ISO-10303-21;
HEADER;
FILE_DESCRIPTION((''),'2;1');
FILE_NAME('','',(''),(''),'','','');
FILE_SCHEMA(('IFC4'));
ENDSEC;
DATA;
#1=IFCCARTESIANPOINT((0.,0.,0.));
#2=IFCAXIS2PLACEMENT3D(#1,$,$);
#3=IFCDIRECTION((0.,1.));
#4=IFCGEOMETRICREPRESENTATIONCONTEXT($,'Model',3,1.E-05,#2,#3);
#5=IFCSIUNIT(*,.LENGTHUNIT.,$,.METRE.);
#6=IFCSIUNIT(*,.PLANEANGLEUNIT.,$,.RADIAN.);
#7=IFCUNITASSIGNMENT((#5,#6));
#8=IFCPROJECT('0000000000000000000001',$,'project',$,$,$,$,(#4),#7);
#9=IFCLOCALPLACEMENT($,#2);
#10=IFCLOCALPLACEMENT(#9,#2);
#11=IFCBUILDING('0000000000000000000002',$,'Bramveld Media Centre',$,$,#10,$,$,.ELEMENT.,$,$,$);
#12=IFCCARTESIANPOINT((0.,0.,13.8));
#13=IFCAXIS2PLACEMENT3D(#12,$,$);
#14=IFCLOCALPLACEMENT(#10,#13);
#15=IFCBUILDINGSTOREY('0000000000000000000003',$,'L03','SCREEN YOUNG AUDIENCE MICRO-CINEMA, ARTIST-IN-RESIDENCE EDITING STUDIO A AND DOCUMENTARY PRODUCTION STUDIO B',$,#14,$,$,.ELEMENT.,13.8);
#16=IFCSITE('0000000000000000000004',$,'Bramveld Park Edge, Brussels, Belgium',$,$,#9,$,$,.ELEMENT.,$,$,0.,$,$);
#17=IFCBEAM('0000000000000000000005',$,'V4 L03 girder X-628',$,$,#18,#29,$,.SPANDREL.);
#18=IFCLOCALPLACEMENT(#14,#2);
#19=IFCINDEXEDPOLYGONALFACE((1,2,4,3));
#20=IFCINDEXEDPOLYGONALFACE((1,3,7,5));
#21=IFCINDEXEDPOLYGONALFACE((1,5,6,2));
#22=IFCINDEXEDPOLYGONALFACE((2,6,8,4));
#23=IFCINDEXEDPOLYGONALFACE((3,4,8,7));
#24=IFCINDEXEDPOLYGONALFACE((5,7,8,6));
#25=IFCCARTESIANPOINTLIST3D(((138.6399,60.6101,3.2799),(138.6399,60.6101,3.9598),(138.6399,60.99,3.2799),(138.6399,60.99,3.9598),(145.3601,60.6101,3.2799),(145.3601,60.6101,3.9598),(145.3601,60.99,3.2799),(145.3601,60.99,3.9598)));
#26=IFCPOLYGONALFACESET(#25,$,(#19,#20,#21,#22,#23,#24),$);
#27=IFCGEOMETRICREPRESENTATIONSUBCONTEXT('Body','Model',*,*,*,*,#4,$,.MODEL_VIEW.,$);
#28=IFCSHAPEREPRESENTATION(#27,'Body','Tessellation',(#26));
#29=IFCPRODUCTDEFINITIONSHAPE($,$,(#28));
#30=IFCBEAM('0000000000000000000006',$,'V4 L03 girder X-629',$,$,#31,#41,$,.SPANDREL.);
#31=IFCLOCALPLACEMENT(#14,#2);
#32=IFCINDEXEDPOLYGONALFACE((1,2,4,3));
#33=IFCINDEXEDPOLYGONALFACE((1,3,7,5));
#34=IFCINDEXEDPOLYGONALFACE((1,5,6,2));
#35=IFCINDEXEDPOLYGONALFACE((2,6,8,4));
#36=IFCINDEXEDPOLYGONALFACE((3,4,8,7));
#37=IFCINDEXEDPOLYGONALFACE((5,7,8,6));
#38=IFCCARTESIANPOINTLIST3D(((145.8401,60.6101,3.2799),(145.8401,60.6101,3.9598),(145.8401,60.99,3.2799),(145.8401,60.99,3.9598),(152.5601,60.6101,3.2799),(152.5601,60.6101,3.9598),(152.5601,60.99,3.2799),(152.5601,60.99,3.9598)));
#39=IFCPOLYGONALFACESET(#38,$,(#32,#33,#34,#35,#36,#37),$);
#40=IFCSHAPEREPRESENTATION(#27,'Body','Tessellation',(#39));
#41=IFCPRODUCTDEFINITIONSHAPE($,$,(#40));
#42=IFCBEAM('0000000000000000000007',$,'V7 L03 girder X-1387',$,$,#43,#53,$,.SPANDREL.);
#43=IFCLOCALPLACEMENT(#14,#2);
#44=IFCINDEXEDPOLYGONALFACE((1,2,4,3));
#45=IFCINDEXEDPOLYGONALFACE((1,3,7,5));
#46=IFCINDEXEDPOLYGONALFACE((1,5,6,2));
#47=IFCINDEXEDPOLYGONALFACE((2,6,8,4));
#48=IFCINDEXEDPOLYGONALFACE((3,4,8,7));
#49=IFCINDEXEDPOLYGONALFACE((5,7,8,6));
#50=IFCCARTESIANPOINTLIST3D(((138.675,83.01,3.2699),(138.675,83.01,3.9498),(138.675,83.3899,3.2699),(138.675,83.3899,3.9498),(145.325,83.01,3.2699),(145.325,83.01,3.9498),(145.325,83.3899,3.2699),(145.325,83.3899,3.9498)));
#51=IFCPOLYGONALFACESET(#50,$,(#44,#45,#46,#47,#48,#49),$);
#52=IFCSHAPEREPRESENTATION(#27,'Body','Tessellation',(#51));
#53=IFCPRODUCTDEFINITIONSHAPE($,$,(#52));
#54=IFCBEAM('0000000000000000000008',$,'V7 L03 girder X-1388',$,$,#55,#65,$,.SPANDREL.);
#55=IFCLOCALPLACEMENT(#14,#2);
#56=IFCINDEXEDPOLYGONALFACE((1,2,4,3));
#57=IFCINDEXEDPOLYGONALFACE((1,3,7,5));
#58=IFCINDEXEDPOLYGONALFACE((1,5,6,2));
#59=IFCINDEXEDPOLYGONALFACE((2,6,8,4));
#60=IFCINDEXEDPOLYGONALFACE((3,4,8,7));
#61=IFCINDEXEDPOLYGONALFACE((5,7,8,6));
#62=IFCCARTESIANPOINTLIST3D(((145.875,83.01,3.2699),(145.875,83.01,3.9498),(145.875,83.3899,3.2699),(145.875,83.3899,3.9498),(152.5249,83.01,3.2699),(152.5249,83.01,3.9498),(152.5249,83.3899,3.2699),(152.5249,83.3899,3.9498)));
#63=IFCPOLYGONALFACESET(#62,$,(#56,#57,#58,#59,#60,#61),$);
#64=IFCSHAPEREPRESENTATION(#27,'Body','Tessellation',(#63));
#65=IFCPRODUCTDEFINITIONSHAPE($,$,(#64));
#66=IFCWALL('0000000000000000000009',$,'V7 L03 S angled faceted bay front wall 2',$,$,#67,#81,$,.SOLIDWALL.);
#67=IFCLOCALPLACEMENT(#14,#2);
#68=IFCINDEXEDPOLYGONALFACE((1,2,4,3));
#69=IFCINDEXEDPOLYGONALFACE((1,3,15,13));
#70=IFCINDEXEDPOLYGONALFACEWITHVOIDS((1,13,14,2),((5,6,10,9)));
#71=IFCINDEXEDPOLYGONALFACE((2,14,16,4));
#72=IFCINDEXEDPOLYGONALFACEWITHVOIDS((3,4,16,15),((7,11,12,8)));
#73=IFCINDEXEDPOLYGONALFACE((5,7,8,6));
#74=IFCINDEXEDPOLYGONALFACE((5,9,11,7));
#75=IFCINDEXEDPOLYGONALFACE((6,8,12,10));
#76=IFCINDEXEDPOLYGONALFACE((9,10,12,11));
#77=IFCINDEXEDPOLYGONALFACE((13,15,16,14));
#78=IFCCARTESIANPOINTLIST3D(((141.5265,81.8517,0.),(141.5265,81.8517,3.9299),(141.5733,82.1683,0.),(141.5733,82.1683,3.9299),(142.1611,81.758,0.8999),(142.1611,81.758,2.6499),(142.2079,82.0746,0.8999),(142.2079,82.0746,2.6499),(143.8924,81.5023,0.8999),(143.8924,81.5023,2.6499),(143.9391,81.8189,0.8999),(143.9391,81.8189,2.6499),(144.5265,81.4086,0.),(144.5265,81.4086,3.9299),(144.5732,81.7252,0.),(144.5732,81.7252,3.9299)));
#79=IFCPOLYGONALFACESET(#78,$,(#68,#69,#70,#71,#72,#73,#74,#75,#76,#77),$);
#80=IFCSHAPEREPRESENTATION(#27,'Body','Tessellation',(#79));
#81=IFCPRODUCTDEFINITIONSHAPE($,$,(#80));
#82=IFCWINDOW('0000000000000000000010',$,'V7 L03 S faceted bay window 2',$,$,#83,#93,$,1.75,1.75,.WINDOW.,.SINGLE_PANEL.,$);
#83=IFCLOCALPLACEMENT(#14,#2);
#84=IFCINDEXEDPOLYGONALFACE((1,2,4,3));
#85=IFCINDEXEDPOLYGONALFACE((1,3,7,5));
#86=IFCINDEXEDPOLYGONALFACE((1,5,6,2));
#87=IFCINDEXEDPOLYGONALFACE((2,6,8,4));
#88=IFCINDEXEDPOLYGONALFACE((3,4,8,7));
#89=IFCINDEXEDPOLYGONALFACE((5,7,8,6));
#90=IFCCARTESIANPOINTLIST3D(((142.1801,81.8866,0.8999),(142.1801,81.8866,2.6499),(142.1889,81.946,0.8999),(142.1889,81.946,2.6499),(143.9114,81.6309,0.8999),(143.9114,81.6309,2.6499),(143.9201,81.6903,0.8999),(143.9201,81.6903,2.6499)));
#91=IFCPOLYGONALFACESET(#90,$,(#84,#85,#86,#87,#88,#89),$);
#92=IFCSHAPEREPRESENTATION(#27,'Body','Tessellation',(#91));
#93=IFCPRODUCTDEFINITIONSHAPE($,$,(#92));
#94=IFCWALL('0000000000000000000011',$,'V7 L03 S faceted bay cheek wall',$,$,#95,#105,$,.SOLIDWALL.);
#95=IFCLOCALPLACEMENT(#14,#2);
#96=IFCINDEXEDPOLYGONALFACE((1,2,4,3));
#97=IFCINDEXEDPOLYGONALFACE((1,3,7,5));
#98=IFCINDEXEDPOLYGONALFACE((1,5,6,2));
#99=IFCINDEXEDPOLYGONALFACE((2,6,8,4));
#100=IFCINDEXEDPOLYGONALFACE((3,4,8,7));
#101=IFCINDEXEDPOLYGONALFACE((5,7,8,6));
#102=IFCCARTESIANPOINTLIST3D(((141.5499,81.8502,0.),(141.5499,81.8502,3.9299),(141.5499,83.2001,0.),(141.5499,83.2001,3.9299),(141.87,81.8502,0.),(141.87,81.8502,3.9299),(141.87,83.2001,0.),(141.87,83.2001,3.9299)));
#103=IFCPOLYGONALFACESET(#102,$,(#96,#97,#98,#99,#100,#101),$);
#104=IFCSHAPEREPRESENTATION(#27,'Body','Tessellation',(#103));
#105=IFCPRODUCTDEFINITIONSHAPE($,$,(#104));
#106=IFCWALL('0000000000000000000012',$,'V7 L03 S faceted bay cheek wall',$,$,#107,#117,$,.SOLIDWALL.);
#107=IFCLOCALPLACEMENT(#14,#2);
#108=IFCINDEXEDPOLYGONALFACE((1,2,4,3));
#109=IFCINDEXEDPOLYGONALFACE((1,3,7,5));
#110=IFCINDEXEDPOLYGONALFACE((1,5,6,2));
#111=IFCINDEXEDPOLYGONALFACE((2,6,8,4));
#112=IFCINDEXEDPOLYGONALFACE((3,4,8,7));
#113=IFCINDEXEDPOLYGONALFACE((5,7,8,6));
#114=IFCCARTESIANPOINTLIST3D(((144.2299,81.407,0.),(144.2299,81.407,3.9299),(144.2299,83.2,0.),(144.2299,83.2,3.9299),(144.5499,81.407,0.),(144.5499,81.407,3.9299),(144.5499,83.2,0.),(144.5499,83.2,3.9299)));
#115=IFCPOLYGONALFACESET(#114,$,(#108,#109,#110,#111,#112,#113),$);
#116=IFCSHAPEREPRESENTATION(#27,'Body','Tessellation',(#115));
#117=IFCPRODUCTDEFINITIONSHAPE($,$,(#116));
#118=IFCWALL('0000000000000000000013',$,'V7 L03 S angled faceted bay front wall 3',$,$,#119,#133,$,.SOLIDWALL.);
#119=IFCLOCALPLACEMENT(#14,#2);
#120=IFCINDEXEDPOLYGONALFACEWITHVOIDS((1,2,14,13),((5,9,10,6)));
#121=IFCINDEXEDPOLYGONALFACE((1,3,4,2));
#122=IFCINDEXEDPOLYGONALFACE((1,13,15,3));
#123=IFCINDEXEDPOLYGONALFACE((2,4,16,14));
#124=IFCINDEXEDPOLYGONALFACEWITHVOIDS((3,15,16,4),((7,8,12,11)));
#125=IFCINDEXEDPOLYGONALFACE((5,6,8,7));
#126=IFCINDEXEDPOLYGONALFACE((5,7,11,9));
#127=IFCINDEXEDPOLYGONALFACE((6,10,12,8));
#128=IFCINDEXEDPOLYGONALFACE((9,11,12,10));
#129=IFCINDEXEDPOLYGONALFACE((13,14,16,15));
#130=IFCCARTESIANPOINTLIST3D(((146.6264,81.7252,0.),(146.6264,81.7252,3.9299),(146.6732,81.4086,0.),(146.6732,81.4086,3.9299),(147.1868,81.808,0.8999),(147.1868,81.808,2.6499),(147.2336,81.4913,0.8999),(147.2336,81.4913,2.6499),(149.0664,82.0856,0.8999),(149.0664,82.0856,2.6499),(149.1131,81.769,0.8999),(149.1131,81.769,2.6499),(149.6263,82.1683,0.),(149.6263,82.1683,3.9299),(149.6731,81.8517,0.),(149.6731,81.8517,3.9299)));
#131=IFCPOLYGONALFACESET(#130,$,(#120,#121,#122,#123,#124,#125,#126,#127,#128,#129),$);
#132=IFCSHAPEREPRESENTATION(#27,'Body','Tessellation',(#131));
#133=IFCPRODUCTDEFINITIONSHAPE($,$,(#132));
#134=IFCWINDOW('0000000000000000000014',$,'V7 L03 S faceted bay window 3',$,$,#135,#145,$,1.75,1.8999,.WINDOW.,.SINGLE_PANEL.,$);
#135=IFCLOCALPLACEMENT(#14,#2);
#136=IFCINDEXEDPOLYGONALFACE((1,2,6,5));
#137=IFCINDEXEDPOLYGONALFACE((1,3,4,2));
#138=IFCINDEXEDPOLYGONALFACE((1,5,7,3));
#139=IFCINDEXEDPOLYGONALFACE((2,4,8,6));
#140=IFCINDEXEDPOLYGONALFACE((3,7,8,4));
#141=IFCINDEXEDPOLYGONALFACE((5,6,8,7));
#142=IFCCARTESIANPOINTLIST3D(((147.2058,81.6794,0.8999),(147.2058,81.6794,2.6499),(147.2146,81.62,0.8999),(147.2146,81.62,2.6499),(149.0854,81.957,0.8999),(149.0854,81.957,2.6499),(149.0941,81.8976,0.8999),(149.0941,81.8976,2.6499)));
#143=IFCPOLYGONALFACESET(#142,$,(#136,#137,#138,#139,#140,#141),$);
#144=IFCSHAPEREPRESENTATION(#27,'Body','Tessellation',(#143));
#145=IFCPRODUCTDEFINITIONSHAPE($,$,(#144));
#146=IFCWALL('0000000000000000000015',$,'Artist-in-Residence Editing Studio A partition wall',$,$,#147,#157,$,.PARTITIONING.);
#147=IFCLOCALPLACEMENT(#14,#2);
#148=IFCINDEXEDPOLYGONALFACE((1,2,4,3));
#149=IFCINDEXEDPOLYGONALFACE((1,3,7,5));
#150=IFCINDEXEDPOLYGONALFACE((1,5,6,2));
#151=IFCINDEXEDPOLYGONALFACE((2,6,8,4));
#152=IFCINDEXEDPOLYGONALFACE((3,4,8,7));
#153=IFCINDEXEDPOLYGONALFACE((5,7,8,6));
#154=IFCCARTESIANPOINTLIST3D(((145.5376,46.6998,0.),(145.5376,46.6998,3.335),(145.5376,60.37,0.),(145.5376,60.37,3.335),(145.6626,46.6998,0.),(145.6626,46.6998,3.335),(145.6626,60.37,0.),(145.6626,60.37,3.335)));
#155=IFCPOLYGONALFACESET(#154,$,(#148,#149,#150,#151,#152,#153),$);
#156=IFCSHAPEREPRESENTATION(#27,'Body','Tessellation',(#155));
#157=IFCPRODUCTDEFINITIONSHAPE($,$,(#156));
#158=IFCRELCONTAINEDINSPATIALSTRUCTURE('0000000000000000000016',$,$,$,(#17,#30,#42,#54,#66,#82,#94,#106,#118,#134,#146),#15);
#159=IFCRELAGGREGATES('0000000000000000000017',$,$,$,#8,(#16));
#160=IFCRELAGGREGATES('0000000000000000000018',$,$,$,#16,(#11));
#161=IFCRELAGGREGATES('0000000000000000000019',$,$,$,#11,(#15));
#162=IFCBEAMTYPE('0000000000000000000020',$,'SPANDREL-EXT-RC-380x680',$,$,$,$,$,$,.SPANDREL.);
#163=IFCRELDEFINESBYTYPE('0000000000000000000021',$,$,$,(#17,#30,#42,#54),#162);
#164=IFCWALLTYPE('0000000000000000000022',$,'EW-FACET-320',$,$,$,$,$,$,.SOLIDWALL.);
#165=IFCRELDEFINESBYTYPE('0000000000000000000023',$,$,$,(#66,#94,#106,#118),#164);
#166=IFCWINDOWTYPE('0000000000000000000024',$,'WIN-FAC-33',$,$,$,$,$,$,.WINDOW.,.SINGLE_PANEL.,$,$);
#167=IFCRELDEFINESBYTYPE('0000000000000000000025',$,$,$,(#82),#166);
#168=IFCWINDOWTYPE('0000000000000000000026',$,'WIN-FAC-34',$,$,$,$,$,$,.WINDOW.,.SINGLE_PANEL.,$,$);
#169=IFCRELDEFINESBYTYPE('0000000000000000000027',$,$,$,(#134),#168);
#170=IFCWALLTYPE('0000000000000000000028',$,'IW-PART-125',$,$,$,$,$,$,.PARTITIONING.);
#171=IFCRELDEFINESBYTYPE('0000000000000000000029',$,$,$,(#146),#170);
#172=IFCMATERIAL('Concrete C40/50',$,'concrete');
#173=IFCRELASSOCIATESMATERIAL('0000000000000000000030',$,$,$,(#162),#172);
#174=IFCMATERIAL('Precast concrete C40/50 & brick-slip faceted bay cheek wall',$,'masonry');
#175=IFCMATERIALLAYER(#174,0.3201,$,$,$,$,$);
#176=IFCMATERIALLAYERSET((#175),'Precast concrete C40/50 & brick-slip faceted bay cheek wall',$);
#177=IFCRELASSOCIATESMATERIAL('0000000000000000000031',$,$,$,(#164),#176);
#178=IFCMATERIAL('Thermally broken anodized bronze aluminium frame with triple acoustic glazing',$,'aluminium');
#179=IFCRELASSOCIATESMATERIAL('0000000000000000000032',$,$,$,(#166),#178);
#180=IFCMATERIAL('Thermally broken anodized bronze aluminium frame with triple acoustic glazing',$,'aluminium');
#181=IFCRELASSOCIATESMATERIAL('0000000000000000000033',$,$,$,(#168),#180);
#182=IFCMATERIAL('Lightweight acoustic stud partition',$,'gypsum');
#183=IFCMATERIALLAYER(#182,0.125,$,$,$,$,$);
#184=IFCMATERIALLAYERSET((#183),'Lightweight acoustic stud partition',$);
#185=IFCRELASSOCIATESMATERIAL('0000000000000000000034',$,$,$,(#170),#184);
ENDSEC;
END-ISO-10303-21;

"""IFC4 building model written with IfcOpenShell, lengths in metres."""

from ifc_helpers import new_model, si_unit, direction, frame, frame_2d, origin, origin_2d, place, context, subcontext, project, spatial, rectangle, extrude, material, layer, layer_set, material_profile, profile_set, type_object, element, fill, save


model = new_model("IFC4")

# Units and contexts
model_context = context("Model", 3, precision=1e-05, world=origin(), true_north=direction((0.0, 1.0)))
body_context = subcontext(model_context, "Body", "Model", "MODEL_VIEW")
ifc_project = project(units=[si_unit("LENGTHUNIT", "METRE"), si_unit("PLANEANGLEUNIT", "RADIAN")], contexts=[model_context])

# Site, building, storey
site_placement = place(None, origin())
site = spatial("IfcSite", under=ifc_project, at=site_placement, Name="Bramveld Park Edge, Brussels, Belgium", CompositionType="ELEMENT", RefElevation=0.0)
building_placement = place(site_placement, origin())
building = spatial("IfcBuilding", under=site, at=building_placement, Name="Bramveld Media Centre", CompositionType="ELEMENT")
storey_placement = place(building_placement, frame((0.0, 0.0, 13.8)))
storey = spatial("IfcBuildingStorey", under=building, at=storey_placement, Name="L03", Description="SCREEN YOUNG AUDIENCE MICRO-CINEMA, ARTIST-IN-RESIDENCE EDITING STUDIO A AND DOCUMENTARY PRODUCTION STUDIO B", CompositionType="ELEMENT", Elevation=13.8)

# Beams
ifc_material_1 = material(Name="Concrete C40/50", Category="concrete")
ifc_material_profile_1 = material_profile(ifc_material_1, rectangle(XDim=0.3799, YDim=0.6799, at=origin_2d()), Name="RC 380x680")
ifc_profile_set_1 = profile_set([ifc_material_profile_1], Name="Concrete C40/50")
beam_type_1 = type_object("IfcBeamType", Name="SPANDREL-EXT-RC-380x680", PredefinedType="SPANDREL", material=ifc_profile_set_1)
beam_1_placement = place(storey_placement, frame((138.6399, 60.8, 3.6199), z_axis=(1.0, 0.0, 0.0), x_axis=(0.0, 1.0, 0.0)))
element("IfcBeam", 1, at=beam_1_placement, inside=storey, type_object=beam_type_1, Name="V4 L03 girder X-628", PredefinedType="SPANDREL", context=body_context, shape_type="SweptSolid", body=[
    extrude(rectangle(XDim=0.3799, YDim=0.6799, at=origin_2d()), origin(), (0.0, 0.0, 1.0), 6.7202),
])
beam_2_placement = place(storey_placement, frame((145.8401, 60.8, 3.6199), z_axis=(1.0, 0.0, 0.0), x_axis=(0.0, 1.0, 0.0)))
element("IfcBeam", 2, at=beam_2_placement, inside=storey, type_object=beam_type_1, Name="V4 L03 girder X-629", PredefinedType="SPANDREL", context=body_context, shape_type="SweptSolid", body=[
    extrude(rectangle(XDim=0.3799, YDim=0.6799, at=origin_2d()), origin(), (0.0, 0.0, 1.0), 6.72),
])
for number, where, z_axis, x_axis, name in (
    (3, (138.675, 83.2, 3.6099), (1.0, 0.0, 0.0), (0.0, 1.0, 0.0), "V7 L03 girder X-1387"),
    (4, (145.875, 83.2, 3.6099), (1.0, 0.0, 0.0), (0.0, 1.0, 0.0), "V7 L03 girder X-1388"),
):
    element("IfcBeam", number, at=place(storey_placement, frame(where, z_axis=z_axis, x_axis=x_axis)), inside=storey, type_object=beam_type_1, Name=name, PredefinedType="SPANDREL", context=body_context, shape_type="SweptSolid", body=[
        extrude(rectangle(XDim=0.3799, YDim=0.6799, at=origin_2d()), origin(), (0.0, 0.0, 1.0), 6.6499),
    ])

# Wall, opening, window
ifc_material_2 = material(Name="Precast concrete C40/50 & brick-slip faceted bay cheek wall", Category="masonry")
ifc_layer_1 = layer(ifc_material_2, 0.3201)
ifc_layer_set_1 = layer_set([ifc_layer_1], Name="Precast concrete C40/50 & brick-slip faceted bay cheek wall")
wall_type_1 = type_object("IfcWallType", Name="EW-FACET-320", PredefinedType="SOLIDWALL", material=ifc_layer_set_1)
wall_1_placement = place(storey_placement, frame((141.55, 82.01, 0.0), z_axis=(0.0, 0.0, 1.0), x_axis=(0.989267, -0.14612, 0.0)))
wall_1 = element("IfcWall", 5, at=wall_1_placement, inside=storey, type_object=wall_type_1, Name="V7 L03 S angled faceted bay front wall 2", PredefinedType="SOLIDWALL", context=body_context, shape_type="SweptSolid", body=[
    extrude(rectangle(XDim=3.0325, YDim=0.3201, at=frame_2d((1.5161, 0.0))), origin(), (0.0, 0.0, 1.0), 3.9299),
])
opening_1_placement = place(wall_1_placement, frame((0.6414, 0.0, 0.8999)))
opening_1 = element("IfcOpeningElement", 6, at=opening_1_placement, cuts=wall_1, PredefinedType="OPENING", context=body_context, shape_type="SweptSolid", body=[
    extrude(rectangle(XDim=1.75, YDim=1.75, at=frame_2d((0.875, 0.875))), frame((0.0, 0.1719, 0.0), z_axis=(0.0, -1.0, 0.0), x_axis=(1.0, 0.0, 0.0)), (0.0, 0.0, 1.0), 0.344),
])
ifc_material_3 = material(Name="Thermally broken anodized bronze aluminium frame with triple acoustic glazing", Category="aluminium")
window_type_1 = type_object("IfcWindowType", Name="WIN-FAC-33", PartitioningType="SINGLE_PANEL", PredefinedType="WINDOW", material=ifc_material_3)
window_1_placement = place(opening_1_placement, origin())
window_1 = element("IfcWindow", 7, at=window_1_placement, inside=storey, type_object=window_type_1, Name="V7 L03 S faceted bay window 2", OverallHeight=1.75, OverallWidth=1.75, PartitioningType="SINGLE_PANEL", PredefinedType="WINDOW", context=body_context, shape_type="SweptSolid", body=[
    extrude(rectangle(XDim=1.75, YDim=1.75, at=frame_2d((0.875, 0.875))), frame((0.0, 0.03, 0.0), z_axis=(0.0, -1.0, 0.0), x_axis=(1.0, 0.0, 0.0)), (0.0, 0.0, 1.0), 0.0601),
])
fill(opening_1, window_1)

# Walls
wall_2_placement = place(storey_placement, frame((141.71, 83.2, 0.0), z_axis=(0.0, 0.0, 1.0), x_axis=(0.0, -1.0, 0.0)))
element("IfcWall", 8, at=wall_2_placement, inside=storey, type_object=wall_type_1, Name="V7 L03 S faceted bay cheek wall", PredefinedType="SOLIDWALL", context=body_context, shape_type="SweptSolid", body=[
    extrude(rectangle(XDim=1.3499, YDim=0.3201, at=frame_2d((0.6748, 0.0))), origin(), (0.0, 0.0, 1.0), 3.9299),
])
wall_3_placement = place(storey_placement, frame((144.3899, 83.2, 0.0), z_axis=(0.0, 0.0, 1.0), x_axis=(0.0, -1.0, 0.0)))
element("IfcWall", 9, at=wall_3_placement, inside=storey, type_object=wall_type_1, Name="V7 L03 S faceted bay cheek wall", PredefinedType="SOLIDWALL", context=body_context, shape_type="SweptSolid", body=[
    extrude(rectangle(XDim=1.793, YDim=0.3201, at=frame_2d((0.8965, 0.0))), origin(), (0.0, 0.0, 1.0), 3.9299),
])

# Wall, opening, window
wall_4_placement = place(storey_placement, frame((146.6499, 81.5669, 0.0), z_axis=(0.0, 0.0, 1.0), x_axis=(0.989267, 0.14612, 0.0)))
wall_4 = element("IfcWall", 10, at=wall_4_placement, inside=storey, type_object=wall_type_1, Name="V7 L03 S angled faceted bay front wall 3", PredefinedType="SOLIDWALL", context=body_context, shape_type="SweptSolid", body=[
    extrude(rectangle(XDim=3.0325, YDim=0.3201, at=frame_2d((1.5161, 0.0))), origin(), (0.0, 0.0, 1.0), 3.9299),
])
opening_2_placement = place(wall_4_placement, frame((0.5664, 0.0, 0.8999)))
opening_2 = element("IfcOpeningElement", 11, at=opening_2_placement, cuts=wall_4, PredefinedType="OPENING", context=body_context, shape_type="SweptSolid", body=[
    extrude(rectangle(XDim=1.8999, YDim=1.75, at=frame_2d((0.95, 0.875))), frame((0.0, 0.1719, 0.0), z_axis=(0.0, -1.0, 0.0), x_axis=(1.0, 0.0, 0.0)), (0.0, 0.0, 1.0), 0.344),
])
ifc_material_4 = material(Name="Thermally broken anodized bronze aluminium frame with triple acoustic glazing", Category="aluminium")
window_type_2 = type_object("IfcWindowType", Name="WIN-FAC-34", PartitioningType="SINGLE_PANEL", PredefinedType="WINDOW", material=ifc_material_4)
window_2_placement = place(opening_2_placement, origin())
window_2 = element("IfcWindow", 12, at=window_2_placement, inside=storey, type_object=window_type_2, Name="V7 L03 S faceted bay window 3", OverallHeight=1.75, OverallWidth=1.8999, PartitioningType="SINGLE_PANEL", PredefinedType="WINDOW", context=body_context, shape_type="SweptSolid", body=[
    extrude(rectangle(XDim=1.8999, YDim=1.75, at=frame_2d((0.95, 0.875))), frame((0.0, 0.03, 0.0), z_axis=(0.0, -1.0, 0.0), x_axis=(1.0, 0.0, 0.0)), (0.0, 0.0, 1.0), 0.0601),
])
fill(opening_2, window_2)

# Wall
ifc_material_5 = material(Name="Lightweight acoustic stud partition", Category="gypsum")
ifc_layer_2 = layer(ifc_material_5, 0.125)
ifc_layer_set_2 = layer_set([ifc_layer_2], Name="Lightweight acoustic stud partition")
wall_type_2 = type_object("IfcWallType", Name="IW-PART-125", PredefinedType="PARTITIONING", material=ifc_layer_set_2)
wall_5_placement = place(storey_placement, frame((145.6001, 46.7, 0.0), z_axis=(0.0, 0.0, 1.0), x_axis=(0.0, 1.0, 0.0)))
element("IfcWall", 13, at=wall_5_placement, inside=storey, type_object=wall_type_2, Name="Artist-in-Residence Editing Studio A partition wall", PredefinedType="PARTITIONING", context=body_context, shape_type="SweptSolid", body=[
    extrude(rectangle(XDim=13.6702, YDim=0.125, at=frame_2d((6.835, 0.0))), origin(), (0.0, 0.0, 1.0), 3.335),
])

save(model, "model.ifc")
